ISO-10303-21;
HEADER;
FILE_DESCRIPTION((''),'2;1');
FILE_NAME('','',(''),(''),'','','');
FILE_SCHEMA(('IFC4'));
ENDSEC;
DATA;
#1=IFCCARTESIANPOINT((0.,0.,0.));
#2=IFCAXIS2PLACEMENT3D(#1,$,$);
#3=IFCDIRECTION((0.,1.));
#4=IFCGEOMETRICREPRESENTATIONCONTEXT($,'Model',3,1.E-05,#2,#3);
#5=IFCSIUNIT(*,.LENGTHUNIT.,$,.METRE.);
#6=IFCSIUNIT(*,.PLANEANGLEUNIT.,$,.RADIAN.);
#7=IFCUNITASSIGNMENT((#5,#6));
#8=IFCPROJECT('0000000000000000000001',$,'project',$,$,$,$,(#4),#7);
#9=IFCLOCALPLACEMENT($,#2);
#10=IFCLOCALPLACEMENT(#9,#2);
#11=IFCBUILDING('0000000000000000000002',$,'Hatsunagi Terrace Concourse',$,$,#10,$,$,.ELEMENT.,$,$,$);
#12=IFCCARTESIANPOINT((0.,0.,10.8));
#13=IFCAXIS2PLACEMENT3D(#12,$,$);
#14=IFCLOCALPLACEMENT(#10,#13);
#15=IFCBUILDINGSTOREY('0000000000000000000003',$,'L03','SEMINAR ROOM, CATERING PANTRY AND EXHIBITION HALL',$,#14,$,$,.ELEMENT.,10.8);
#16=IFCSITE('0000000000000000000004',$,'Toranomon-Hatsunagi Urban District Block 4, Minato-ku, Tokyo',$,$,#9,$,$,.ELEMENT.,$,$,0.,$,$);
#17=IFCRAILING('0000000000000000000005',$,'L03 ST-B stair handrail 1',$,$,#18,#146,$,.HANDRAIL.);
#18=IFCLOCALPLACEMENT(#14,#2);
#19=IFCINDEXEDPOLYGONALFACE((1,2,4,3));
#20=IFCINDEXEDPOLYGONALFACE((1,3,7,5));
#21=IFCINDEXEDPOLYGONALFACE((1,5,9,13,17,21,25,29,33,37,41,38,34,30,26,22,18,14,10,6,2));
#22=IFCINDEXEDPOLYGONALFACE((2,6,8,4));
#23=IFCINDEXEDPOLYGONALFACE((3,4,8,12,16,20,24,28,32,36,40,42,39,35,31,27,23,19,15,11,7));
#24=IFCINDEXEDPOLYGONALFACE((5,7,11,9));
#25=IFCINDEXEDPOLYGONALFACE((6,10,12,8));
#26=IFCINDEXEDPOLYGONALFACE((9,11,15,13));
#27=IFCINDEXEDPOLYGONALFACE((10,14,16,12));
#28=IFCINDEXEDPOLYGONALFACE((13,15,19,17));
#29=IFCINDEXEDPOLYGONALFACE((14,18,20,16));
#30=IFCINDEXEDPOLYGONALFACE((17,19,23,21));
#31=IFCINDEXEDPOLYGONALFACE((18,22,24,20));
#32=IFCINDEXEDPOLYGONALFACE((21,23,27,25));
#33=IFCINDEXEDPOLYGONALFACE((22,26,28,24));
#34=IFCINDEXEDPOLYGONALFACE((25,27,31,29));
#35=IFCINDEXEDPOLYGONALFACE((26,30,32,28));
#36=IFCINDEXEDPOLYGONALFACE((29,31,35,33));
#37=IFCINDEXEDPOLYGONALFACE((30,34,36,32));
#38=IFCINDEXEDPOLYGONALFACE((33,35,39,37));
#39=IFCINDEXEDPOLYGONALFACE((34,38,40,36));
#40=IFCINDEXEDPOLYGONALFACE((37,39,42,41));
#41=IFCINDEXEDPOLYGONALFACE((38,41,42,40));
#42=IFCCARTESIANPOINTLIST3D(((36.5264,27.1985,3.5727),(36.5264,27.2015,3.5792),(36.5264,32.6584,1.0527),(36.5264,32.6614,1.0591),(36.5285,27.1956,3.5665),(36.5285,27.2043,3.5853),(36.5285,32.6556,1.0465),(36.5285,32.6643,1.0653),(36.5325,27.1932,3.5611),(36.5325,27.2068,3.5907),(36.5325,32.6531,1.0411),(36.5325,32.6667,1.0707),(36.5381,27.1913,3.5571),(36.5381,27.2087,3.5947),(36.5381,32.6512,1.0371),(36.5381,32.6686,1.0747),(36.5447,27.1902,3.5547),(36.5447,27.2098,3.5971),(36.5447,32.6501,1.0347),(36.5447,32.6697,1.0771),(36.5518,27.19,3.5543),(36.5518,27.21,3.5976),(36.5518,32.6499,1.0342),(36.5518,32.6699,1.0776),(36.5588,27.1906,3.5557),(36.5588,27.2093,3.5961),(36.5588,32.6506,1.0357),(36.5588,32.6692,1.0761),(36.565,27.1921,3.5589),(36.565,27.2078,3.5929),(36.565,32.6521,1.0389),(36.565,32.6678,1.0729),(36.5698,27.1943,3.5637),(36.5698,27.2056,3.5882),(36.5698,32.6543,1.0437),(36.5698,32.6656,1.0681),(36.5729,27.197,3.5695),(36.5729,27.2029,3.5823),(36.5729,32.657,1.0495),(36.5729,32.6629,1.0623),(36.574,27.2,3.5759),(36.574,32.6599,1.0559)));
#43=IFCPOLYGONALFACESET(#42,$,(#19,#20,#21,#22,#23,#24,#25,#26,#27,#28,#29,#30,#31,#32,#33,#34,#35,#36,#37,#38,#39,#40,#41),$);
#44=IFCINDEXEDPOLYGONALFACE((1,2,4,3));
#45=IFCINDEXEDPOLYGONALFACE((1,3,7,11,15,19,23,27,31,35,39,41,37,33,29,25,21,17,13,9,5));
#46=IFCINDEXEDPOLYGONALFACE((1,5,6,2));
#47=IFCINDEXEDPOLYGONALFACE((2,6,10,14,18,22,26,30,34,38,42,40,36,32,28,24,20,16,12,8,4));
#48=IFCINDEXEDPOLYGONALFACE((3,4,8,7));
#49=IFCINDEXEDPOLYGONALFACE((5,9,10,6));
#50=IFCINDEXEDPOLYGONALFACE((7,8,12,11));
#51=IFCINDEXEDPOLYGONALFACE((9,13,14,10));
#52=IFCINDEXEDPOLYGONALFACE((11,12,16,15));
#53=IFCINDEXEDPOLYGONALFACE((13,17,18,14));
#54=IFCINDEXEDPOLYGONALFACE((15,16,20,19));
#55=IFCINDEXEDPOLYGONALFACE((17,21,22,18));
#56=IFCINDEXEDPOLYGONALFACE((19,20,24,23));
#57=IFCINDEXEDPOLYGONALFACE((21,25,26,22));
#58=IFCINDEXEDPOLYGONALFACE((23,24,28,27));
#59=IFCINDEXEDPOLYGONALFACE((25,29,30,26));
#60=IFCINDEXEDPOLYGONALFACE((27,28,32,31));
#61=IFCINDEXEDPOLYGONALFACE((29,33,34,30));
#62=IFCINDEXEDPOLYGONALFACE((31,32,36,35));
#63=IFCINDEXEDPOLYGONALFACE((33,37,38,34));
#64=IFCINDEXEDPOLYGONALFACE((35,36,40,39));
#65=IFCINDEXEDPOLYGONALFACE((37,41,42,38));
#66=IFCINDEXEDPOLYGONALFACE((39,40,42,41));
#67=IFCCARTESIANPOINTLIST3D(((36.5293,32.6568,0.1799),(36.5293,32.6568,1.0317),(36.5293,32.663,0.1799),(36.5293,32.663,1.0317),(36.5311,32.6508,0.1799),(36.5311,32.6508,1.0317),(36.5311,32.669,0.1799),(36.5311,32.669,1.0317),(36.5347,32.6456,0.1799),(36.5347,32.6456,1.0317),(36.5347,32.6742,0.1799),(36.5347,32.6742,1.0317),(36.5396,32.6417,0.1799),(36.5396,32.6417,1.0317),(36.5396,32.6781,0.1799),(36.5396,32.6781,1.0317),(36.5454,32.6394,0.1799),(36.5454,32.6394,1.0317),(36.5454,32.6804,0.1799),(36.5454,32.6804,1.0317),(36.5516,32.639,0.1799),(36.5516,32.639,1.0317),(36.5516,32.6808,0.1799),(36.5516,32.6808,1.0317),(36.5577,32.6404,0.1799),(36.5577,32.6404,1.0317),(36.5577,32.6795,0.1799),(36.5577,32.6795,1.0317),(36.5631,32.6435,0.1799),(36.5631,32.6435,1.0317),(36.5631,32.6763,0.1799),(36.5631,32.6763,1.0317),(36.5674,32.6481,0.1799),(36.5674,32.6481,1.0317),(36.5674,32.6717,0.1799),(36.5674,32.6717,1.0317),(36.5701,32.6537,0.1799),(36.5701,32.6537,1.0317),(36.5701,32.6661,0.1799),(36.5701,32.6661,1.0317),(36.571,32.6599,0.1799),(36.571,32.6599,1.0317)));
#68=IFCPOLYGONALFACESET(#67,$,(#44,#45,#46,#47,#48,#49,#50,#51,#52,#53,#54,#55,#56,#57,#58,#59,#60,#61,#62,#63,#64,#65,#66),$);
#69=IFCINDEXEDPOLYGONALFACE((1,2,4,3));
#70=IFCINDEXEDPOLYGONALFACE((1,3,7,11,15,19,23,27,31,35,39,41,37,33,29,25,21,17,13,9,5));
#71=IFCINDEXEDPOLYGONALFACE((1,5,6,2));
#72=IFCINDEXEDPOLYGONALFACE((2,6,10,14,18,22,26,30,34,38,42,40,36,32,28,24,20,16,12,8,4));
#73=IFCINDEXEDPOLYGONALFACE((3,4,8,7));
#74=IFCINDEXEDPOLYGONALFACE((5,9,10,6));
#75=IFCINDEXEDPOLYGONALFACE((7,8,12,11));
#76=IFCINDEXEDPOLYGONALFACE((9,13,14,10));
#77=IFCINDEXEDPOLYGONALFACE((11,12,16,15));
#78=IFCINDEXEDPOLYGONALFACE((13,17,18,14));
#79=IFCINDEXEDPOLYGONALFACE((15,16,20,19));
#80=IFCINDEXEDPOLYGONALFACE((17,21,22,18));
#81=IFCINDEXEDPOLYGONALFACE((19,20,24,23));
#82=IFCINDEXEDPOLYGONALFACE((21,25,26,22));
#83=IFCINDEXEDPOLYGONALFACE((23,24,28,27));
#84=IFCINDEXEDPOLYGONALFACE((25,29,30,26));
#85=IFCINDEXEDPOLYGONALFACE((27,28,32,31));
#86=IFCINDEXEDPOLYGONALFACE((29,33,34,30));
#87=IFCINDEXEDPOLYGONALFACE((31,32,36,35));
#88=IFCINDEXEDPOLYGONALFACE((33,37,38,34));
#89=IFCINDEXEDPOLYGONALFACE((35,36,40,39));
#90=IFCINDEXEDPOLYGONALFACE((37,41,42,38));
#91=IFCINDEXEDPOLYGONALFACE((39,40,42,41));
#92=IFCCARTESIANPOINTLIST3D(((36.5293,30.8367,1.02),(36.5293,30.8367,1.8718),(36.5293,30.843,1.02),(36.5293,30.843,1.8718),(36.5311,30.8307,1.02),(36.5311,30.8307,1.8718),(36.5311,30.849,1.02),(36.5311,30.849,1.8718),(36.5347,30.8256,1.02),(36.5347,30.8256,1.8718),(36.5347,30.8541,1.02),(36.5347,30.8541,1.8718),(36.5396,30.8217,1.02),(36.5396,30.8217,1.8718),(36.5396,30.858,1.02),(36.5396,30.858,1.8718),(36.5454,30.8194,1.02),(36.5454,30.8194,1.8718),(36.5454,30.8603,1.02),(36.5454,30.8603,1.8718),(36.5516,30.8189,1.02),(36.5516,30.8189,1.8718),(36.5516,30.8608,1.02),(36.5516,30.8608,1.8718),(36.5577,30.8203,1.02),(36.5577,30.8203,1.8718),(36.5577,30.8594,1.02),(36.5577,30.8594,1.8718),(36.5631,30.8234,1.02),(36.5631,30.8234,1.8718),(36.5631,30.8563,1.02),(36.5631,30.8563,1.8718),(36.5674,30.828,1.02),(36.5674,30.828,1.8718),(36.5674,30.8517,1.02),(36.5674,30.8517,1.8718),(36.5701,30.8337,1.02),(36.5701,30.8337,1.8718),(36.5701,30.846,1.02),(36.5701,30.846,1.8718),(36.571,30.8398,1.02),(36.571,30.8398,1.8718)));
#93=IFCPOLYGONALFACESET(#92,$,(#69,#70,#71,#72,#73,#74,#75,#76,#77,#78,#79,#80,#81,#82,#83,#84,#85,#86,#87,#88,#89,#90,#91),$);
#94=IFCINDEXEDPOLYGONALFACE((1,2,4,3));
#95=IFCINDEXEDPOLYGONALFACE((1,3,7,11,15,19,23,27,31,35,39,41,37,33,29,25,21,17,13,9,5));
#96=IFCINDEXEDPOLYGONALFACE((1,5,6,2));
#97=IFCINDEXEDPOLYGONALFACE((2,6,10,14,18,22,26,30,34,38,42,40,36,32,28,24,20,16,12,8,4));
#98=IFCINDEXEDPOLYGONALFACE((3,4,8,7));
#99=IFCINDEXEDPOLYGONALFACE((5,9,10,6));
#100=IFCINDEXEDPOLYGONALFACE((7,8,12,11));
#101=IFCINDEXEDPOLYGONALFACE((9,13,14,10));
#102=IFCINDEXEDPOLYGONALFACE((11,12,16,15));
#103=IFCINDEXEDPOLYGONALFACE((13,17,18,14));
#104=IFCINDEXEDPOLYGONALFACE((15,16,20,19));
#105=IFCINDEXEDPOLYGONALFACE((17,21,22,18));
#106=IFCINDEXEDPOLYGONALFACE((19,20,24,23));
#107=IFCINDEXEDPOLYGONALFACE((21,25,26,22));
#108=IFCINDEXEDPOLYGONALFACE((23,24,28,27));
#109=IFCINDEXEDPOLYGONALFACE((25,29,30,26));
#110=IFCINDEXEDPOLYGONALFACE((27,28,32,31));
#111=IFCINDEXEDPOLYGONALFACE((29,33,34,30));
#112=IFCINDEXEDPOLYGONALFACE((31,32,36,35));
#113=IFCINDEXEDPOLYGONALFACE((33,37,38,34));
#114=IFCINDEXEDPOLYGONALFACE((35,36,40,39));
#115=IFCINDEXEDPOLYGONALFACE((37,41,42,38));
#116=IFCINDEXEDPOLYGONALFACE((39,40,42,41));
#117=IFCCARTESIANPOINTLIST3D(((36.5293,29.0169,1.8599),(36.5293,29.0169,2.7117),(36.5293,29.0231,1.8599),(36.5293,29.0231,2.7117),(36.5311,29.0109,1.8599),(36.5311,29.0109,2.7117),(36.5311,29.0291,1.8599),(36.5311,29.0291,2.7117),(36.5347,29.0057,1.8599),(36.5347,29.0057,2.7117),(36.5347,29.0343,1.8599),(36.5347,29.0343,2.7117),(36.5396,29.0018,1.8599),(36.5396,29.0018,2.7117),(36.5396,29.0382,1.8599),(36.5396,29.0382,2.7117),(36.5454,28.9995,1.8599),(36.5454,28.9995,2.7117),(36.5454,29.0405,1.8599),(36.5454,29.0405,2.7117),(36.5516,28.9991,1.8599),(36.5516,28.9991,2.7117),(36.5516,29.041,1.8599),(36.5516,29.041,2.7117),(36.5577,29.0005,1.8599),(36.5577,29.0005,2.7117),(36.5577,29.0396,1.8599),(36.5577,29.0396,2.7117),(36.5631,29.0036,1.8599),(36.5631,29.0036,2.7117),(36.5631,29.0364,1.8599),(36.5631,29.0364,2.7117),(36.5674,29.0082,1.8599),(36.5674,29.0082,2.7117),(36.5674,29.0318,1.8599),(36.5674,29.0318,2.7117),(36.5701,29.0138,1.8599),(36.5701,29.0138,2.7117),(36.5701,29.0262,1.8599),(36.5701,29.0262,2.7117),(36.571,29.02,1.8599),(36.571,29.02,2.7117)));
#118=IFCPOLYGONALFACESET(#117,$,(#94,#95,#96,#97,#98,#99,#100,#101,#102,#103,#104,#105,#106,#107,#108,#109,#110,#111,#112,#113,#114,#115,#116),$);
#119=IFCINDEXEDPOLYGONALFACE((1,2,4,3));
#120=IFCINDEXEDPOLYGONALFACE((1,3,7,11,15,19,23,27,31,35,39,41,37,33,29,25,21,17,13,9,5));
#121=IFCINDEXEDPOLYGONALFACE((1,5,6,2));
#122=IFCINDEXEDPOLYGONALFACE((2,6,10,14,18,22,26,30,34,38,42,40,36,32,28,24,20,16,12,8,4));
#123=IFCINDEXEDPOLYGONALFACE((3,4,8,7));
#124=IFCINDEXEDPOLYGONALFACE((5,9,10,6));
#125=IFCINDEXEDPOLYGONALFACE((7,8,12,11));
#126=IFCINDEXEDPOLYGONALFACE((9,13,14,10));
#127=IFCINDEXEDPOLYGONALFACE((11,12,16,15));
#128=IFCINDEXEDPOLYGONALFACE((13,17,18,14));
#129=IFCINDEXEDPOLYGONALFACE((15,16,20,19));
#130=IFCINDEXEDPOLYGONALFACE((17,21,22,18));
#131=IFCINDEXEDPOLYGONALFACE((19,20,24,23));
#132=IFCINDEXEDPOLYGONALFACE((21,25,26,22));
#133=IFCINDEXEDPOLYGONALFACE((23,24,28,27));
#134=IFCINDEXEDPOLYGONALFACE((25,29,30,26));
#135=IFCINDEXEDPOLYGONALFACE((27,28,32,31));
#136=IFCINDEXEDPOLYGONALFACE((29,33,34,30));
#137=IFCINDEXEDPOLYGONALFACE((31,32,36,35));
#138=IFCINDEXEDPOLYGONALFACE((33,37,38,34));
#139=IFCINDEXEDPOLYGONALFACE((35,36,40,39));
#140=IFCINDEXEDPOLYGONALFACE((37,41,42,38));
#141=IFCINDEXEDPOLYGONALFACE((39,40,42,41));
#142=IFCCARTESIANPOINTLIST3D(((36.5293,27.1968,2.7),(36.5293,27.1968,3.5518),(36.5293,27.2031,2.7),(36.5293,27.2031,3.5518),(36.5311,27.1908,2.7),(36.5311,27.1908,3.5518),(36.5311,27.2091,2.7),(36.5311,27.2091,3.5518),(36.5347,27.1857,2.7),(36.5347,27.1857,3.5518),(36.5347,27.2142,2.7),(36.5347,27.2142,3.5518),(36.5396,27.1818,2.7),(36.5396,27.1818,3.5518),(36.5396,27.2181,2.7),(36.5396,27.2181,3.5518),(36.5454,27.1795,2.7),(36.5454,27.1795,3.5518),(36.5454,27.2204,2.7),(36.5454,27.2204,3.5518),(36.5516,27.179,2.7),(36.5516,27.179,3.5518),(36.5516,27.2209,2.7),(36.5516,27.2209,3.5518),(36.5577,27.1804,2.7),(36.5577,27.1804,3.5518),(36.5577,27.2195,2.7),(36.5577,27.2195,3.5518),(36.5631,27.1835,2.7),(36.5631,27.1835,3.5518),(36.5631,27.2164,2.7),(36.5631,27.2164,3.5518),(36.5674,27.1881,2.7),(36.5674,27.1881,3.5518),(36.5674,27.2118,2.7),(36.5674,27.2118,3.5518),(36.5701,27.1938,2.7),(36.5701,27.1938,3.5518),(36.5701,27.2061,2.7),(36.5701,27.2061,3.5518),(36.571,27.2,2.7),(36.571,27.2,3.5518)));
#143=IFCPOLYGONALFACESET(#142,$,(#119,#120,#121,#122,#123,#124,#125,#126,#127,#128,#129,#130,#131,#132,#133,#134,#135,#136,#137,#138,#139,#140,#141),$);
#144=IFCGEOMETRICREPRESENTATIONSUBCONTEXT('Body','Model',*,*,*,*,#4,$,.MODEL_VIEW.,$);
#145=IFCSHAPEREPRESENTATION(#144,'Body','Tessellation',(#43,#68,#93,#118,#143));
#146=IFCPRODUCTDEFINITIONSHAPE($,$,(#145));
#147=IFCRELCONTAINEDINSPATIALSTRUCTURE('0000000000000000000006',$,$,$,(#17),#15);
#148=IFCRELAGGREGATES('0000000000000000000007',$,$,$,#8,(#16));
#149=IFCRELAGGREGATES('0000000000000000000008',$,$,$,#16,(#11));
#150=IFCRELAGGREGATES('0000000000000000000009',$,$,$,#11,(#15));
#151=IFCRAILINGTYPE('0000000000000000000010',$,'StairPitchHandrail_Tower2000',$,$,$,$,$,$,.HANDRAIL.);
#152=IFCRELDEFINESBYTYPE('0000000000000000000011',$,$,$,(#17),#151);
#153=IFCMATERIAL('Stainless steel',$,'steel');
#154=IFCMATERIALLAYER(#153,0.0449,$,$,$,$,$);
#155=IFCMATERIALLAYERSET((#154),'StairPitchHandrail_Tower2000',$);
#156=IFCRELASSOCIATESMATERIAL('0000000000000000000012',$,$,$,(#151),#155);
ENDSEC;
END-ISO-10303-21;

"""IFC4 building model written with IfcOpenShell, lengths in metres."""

from ifc_helpers import new_model, si_unit, direction, frame, origin, origin_2d, place, context, subcontext, project, spatial, circle, extrude, material, layer, layer_set, type_object, element, save


model = new_model("IFC4")

# Units and contexts
model_context = context("Model", 3, precision=1e-05, world=origin(), true_north=direction((0.0, 1.0)))
body_context = subcontext(model_context, "Body", "Model", "MODEL_VIEW")
ifc_project = project(units=[si_unit("LENGTHUNIT", "METRE"), si_unit("PLANEANGLEUNIT", "RADIAN")], contexts=[model_context])

# Site, building, storey
site_placement = place(None, origin())
site = spatial("IfcSite", under=ifc_project, at=site_placement, Name="Toranomon-Hatsunagi Urban District Block 4, Minato-ku, Tokyo", CompositionType="ELEMENT", RefElevation=0.0)
building_placement = place(site_placement, origin())
building = spatial("IfcBuilding", under=site, at=building_placement, Name="Hatsunagi Terrace Concourse", CompositionType="ELEMENT")
storey_placement = place(building_placement, frame((0.0, 0.0, 10.8)))
storey = spatial("IfcBuildingStorey", under=building, at=storey_placement, Name="L03", Description="SEMINAR ROOM, CATERING PANTRY AND EXHIBITION HALL", CompositionType="ELEMENT", Elevation=10.8)

# Railing
ifc_material_1 = material(Name="Stainless steel", Category="steel")
ifc_layer_1 = layer(ifc_material_1, 0.0449)
ifc_layer_set_1 = layer_set([ifc_layer_1], Name="StairPitchHandrail_Tower2000")
railing_type_1 = type_object("IfcRailingType", Name="StairPitchHandrail_Tower2000", PredefinedType="HANDRAIL", material=ifc_layer_set_1)
railing_1_placement = place(storey_placement, frame((36.55, 32.6599, 0.1799)))
element("IfcRailing", 1, at=railing_1_placement, inside=storey, type_object=railing_type_1, Name="L03 ST-B stair handrail 1", PredefinedType="HANDRAIL", context=body_context, shape_type="SweptSolid", body=[
    extrude(circle(Radius=0.0239, at=origin_2d()), frame((0.0, 0.0, 0.876), z_axis=(0.0, -0.907957, 0.419063), x_axis=(1.0, 0.0, 0.0)), (0.0, 0.0, 1.0), 6.0134),
    extrude(circle(Radius=0.021, at=origin_2d()), origin(), (0.0, 0.0, 1.0), 0.8518),
    extrude(circle(Radius=0.021, at=origin_2d()), frame((0.0, -1.8201, 0.8401)), (0.0, 0.0, 1.0), 0.8518),
    extrude(circle(Radius=0.021, at=origin_2d()), frame((0.0, -3.6399, 1.6799)), (0.0, 0.0, 1.0), 0.8518),
    extrude(circle(Radius=0.021, at=origin_2d()), frame((0.0, -5.46, 2.52)), (0.0, 0.0, 1.0), 0.8518),
])

save(model, "model.ifc")
